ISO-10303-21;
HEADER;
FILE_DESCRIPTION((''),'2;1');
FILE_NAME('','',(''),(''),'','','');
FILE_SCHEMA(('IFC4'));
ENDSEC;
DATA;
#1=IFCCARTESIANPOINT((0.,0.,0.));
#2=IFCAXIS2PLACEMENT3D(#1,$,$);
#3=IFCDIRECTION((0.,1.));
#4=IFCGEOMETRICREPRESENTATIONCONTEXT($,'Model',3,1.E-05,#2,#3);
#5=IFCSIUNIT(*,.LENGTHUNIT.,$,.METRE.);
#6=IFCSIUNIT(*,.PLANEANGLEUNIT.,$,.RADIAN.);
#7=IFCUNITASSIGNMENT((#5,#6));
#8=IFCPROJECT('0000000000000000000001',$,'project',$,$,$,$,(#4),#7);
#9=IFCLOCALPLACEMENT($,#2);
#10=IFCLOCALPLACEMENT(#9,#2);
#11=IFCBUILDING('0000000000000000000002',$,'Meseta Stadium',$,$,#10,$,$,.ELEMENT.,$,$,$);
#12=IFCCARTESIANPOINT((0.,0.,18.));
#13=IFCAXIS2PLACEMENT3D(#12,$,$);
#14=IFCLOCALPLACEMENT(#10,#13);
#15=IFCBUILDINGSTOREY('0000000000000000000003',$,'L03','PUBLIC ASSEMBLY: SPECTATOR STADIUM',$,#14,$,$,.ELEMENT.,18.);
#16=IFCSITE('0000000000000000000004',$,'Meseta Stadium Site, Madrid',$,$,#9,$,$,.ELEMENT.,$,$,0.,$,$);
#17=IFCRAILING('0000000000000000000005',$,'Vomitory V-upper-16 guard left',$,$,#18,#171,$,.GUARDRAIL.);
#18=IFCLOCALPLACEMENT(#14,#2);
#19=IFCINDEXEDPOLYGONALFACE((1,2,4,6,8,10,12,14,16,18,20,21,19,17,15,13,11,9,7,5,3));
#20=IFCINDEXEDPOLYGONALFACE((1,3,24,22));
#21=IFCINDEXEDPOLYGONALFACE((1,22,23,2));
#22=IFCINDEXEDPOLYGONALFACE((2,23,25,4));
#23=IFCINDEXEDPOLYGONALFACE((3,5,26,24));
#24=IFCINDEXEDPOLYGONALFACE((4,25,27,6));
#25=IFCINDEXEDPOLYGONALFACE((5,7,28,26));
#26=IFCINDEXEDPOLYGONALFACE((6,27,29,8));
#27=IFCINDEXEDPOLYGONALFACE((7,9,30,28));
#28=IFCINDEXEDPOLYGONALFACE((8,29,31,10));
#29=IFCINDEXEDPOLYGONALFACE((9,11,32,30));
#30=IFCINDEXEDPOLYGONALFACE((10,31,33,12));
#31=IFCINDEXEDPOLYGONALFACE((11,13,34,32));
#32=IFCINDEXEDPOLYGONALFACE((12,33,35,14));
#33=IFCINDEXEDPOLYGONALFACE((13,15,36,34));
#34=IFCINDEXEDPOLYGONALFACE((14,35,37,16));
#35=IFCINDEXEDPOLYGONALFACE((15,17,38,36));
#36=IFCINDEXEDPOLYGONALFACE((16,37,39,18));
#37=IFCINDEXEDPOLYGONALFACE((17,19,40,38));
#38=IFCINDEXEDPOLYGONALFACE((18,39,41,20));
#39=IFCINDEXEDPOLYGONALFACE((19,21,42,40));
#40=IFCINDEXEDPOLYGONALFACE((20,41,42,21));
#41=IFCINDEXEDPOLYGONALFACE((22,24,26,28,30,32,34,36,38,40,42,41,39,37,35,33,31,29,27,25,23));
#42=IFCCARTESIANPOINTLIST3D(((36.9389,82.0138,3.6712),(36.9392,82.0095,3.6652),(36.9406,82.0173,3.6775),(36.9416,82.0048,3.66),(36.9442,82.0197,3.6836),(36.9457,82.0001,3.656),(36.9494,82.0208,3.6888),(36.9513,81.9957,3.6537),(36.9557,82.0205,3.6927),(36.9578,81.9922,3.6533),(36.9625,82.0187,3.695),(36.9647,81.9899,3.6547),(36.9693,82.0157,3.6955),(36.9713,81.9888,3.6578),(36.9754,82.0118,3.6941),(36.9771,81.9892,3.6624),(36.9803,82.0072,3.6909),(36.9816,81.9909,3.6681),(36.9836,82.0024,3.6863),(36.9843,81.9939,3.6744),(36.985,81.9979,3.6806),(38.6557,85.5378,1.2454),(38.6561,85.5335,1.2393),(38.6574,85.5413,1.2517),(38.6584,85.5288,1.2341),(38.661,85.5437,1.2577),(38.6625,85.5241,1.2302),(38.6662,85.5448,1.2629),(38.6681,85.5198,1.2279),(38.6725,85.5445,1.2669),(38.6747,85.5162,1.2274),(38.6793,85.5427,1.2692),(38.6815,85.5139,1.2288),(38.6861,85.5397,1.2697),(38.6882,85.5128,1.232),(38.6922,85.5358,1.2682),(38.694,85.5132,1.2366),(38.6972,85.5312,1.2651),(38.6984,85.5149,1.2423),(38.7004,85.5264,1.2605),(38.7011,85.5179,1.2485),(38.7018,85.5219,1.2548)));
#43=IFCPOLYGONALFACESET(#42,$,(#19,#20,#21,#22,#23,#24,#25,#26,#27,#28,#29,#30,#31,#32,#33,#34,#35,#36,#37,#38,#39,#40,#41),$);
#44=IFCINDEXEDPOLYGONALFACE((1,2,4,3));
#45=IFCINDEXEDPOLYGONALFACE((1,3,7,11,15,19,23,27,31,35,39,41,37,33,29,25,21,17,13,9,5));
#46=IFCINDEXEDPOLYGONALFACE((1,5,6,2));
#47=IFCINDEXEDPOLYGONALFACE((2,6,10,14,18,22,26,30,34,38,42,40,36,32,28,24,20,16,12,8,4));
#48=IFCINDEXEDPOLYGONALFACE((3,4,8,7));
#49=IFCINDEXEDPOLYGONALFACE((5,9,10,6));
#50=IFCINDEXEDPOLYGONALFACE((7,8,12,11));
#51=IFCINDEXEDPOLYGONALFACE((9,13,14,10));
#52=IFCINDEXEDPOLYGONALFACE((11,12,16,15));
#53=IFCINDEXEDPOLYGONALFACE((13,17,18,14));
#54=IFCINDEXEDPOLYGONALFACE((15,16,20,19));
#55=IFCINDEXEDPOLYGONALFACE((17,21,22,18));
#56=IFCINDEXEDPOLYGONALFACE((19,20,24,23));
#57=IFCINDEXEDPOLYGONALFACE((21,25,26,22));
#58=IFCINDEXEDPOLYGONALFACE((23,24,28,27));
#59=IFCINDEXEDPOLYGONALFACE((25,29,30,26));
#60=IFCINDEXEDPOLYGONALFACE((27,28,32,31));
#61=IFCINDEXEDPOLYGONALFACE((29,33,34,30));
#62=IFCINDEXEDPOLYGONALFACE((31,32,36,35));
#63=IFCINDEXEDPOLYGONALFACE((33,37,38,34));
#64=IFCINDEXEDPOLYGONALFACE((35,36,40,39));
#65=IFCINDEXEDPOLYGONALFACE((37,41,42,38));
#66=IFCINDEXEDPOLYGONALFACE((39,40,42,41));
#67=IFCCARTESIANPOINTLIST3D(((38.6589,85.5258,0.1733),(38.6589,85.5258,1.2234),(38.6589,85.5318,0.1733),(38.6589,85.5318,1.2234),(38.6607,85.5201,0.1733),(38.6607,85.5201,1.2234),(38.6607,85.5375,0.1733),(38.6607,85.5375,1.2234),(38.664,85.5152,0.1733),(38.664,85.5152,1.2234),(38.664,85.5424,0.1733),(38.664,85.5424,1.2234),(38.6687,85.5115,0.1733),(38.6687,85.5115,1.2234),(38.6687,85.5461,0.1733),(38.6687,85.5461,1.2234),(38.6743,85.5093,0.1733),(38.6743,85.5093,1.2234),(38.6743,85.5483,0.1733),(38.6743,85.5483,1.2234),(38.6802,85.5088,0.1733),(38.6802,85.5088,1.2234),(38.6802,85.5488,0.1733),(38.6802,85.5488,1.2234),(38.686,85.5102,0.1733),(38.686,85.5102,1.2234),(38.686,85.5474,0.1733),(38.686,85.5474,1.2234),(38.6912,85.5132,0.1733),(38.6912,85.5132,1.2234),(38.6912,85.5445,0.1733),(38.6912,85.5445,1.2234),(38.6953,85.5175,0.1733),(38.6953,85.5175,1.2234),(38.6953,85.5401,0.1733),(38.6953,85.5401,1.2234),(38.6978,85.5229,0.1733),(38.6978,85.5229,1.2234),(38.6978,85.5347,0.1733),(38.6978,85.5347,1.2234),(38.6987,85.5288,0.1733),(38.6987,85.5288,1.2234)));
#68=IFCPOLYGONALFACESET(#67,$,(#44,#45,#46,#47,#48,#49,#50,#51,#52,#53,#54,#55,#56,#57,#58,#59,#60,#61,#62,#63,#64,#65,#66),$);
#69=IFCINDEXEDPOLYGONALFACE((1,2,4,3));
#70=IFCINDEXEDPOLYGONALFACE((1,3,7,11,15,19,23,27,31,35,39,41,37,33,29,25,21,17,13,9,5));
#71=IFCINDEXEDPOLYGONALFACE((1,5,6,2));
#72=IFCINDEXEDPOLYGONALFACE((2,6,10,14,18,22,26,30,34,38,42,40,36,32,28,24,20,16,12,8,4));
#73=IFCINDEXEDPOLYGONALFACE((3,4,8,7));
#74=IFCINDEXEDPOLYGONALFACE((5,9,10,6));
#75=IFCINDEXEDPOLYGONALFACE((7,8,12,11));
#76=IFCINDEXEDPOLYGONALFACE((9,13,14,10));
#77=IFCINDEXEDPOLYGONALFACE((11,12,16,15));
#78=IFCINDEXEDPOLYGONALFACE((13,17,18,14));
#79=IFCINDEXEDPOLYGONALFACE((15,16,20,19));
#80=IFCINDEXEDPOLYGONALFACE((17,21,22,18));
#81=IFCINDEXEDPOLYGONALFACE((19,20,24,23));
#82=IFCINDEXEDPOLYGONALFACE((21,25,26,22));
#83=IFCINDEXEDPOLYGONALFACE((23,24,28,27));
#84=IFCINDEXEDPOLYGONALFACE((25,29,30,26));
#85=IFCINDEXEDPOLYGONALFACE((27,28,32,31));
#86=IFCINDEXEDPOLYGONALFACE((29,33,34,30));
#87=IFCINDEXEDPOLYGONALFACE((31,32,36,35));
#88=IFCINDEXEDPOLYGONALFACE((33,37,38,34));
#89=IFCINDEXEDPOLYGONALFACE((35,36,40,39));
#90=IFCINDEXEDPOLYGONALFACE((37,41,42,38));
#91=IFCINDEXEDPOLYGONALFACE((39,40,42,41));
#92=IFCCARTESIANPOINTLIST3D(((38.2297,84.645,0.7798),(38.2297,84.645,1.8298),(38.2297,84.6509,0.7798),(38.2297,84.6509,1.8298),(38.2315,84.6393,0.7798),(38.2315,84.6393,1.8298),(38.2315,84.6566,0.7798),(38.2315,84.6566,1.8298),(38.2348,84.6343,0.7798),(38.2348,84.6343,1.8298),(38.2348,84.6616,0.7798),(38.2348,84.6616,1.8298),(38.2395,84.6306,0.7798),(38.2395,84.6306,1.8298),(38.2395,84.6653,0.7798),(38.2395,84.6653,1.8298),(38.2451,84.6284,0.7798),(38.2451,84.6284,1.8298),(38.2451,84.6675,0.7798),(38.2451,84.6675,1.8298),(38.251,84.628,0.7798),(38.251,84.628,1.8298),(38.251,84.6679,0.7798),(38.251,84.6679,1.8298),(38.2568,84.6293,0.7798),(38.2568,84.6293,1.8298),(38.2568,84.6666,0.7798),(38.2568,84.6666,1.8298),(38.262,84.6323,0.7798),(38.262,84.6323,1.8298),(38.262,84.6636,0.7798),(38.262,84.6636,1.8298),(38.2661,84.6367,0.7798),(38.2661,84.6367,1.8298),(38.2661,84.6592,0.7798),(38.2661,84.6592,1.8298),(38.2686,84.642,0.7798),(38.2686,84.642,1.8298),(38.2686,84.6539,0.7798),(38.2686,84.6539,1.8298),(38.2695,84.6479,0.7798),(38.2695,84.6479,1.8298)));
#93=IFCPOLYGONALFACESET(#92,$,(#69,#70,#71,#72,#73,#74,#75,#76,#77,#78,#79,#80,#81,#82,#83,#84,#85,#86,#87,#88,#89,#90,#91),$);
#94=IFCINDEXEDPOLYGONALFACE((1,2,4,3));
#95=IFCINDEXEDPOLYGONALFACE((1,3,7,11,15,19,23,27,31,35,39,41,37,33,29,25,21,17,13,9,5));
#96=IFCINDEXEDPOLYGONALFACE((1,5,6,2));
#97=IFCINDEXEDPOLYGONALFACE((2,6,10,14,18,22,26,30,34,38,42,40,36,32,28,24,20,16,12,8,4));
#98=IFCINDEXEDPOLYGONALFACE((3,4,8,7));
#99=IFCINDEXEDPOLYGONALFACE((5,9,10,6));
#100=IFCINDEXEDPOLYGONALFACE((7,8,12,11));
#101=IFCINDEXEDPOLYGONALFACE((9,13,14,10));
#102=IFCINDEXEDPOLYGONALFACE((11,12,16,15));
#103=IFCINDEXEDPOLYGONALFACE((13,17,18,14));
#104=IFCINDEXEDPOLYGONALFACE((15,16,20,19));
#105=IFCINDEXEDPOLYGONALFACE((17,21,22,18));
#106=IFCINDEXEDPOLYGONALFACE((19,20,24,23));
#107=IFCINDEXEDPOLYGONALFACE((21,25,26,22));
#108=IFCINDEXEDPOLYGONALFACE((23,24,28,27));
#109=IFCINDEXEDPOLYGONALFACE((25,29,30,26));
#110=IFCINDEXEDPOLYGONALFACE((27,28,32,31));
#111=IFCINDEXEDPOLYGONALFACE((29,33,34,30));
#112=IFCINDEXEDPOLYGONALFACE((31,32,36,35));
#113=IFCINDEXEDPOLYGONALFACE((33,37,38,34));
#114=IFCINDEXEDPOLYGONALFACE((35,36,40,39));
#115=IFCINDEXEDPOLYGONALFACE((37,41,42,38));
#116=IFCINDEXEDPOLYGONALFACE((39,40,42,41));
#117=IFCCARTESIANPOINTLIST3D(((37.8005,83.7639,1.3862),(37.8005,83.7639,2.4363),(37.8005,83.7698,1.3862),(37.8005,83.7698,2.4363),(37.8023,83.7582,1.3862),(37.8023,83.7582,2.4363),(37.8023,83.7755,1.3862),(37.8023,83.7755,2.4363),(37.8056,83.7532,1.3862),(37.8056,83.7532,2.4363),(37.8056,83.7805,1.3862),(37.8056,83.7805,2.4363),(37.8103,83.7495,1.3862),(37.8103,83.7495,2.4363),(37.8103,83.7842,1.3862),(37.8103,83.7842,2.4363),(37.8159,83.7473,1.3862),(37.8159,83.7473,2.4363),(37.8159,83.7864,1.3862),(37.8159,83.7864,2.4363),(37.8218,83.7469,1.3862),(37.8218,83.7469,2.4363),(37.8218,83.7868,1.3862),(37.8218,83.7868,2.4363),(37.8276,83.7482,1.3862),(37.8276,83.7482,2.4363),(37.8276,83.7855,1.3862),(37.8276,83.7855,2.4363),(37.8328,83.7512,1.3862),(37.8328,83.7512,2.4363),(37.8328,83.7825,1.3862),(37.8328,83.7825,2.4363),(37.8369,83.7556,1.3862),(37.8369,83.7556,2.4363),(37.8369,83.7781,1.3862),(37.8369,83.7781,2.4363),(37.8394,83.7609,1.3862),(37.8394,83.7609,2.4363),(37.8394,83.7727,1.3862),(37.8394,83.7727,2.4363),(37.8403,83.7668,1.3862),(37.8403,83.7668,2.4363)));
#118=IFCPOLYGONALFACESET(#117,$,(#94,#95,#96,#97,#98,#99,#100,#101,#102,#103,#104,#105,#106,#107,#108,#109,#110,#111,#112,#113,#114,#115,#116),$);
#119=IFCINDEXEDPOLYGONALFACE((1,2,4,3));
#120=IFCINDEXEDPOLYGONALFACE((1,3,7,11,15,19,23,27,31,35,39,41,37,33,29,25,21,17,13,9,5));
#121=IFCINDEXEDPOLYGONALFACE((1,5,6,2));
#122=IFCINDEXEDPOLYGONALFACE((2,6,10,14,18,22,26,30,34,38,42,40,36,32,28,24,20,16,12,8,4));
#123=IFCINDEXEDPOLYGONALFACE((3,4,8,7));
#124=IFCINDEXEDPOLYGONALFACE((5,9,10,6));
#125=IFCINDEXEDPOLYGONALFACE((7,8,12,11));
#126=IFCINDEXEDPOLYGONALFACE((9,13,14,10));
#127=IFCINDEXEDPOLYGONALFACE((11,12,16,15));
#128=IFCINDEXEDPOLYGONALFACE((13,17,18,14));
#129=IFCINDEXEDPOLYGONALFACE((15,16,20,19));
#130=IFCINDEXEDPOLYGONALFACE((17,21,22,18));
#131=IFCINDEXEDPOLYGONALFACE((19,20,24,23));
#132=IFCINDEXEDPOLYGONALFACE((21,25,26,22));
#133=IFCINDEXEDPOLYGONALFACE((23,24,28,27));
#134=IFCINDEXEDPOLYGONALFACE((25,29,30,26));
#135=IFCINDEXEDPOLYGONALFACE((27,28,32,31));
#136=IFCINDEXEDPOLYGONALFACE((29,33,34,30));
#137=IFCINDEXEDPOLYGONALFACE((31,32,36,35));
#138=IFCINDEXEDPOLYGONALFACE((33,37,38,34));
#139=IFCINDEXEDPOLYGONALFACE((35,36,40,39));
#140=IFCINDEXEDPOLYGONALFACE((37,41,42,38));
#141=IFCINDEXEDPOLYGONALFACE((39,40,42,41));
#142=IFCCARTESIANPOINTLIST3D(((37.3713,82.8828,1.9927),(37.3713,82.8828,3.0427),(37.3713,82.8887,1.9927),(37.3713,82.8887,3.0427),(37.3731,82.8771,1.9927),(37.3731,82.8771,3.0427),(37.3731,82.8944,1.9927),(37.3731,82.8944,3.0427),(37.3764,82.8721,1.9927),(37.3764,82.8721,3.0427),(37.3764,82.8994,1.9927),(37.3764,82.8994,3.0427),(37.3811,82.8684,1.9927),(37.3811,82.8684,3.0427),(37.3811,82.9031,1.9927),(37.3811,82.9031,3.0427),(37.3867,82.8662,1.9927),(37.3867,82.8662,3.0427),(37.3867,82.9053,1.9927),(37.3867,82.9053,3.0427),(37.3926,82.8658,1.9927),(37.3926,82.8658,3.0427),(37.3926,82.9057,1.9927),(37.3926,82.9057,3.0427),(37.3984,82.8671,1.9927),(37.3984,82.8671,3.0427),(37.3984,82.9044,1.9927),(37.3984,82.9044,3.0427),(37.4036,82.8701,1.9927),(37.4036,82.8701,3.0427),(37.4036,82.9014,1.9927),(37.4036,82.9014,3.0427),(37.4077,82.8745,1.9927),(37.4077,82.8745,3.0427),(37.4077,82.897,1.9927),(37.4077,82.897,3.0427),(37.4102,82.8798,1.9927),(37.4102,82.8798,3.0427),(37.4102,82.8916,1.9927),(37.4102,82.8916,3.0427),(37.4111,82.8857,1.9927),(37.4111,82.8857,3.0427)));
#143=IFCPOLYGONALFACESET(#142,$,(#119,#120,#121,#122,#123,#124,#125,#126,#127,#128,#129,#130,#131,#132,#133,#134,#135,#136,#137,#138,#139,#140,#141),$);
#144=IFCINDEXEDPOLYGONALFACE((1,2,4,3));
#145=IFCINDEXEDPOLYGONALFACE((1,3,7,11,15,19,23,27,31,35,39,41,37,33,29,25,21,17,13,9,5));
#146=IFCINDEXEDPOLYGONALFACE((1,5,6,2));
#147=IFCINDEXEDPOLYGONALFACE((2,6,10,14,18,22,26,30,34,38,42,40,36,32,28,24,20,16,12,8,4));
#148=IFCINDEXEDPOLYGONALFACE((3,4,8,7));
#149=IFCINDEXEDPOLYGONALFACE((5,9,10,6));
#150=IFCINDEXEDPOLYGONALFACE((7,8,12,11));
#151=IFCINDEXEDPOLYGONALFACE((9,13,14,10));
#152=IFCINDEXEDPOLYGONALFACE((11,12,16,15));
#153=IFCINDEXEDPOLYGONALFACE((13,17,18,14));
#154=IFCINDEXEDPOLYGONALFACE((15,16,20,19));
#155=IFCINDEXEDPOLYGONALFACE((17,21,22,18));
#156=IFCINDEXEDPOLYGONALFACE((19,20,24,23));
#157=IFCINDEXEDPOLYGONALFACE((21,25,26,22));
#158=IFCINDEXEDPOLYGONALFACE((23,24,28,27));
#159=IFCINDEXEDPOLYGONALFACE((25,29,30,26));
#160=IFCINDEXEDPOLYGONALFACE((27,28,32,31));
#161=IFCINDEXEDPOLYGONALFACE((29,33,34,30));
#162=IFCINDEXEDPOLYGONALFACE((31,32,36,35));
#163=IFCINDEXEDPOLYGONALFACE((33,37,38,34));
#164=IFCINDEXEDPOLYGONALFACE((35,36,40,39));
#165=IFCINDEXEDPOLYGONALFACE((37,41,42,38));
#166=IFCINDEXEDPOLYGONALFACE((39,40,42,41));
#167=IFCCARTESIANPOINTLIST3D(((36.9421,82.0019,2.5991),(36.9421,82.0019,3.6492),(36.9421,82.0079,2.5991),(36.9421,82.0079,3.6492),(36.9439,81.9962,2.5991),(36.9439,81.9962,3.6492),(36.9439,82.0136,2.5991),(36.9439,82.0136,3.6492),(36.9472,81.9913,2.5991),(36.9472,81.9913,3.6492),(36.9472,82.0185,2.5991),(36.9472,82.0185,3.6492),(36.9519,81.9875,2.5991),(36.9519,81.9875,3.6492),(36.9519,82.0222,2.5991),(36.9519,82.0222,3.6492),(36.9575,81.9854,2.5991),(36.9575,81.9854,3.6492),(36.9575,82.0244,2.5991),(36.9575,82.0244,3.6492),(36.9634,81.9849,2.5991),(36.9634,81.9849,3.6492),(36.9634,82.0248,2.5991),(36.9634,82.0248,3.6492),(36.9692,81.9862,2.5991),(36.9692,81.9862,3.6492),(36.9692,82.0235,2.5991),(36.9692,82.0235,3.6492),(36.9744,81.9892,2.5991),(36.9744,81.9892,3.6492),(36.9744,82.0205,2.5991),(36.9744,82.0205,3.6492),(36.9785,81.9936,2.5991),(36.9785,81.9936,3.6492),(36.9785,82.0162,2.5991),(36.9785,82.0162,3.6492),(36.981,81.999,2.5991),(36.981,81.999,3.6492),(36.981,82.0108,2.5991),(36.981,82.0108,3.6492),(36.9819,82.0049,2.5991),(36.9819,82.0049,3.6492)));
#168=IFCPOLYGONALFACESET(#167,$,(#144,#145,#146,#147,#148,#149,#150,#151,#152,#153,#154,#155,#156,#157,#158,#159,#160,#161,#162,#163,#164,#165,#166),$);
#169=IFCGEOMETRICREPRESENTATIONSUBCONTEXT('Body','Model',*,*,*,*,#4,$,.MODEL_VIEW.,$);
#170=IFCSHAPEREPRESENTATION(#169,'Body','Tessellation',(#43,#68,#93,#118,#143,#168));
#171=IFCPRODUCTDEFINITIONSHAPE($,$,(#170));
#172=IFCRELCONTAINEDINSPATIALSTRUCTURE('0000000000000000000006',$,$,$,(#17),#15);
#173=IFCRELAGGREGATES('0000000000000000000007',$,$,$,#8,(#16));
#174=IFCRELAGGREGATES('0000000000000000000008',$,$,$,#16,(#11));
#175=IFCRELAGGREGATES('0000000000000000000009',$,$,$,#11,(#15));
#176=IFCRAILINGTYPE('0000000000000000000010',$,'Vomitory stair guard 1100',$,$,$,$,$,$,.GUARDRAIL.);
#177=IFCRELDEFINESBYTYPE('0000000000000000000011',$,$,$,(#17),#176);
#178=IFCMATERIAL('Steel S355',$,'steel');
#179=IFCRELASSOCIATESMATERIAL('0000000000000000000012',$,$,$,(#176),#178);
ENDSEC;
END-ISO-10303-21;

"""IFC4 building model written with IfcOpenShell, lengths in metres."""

from ifc_helpers import new_model, si_unit, direction, frame, origin, origin_2d, place, context, subcontext, project, spatial, circle, extrude, material, type_object, element, save


model = new_model("IFC4")

# Units and contexts
model_context = context("Model", 3, precision=1e-05, world=origin(), true_north=direction((0.0, 1.0)))
body_context = subcontext(model_context, "Body", "Model", "MODEL_VIEW")
ifc_project = project(units=[si_unit("LENGTHUNIT", "METRE"), si_unit("PLANEANGLEUNIT", "RADIAN")], contexts=[model_context])

# Site, building, storey
site_placement = place(None, origin())
site = spatial("IfcSite", under=ifc_project, at=site_placement, Name="Meseta Stadium Site, Madrid", CompositionType="ELEMENT", RefElevation=0.0)
building_placement = place(site_placement, origin())
building = spatial("IfcBuilding", under=site, at=building_placement, Name="Meseta Stadium", CompositionType="ELEMENT")
storey_placement = place(building_placement, frame((0.0, 0.0, 18.0)))
storey = spatial("IfcBuildingStorey", under=building, at=storey_placement, Name="L03", Description="PUBLIC ASSEMBLY: SPECTATOR STADIUM", CompositionType="ELEMENT", Elevation=18.0)

# Railing
ifc_material_1 = material(Name="Steel S355", Category="steel")
railing_type_1 = type_object("IfcRailingType", Name="Vomitory stair guard 1100", PredefinedType="GUARDRAIL", material=ifc_material_1)
railing_1_placement = place(storey_placement, frame((38.6787, 85.5288, 0.1733)))
element("IfcRailing", 1, at=railing_1_placement, inside=storey, type_object=railing_type_1, Name="Vomitory V-upper-16 guard left", PredefinedType="GUARDRAIL", context=body_context, shape_type="SweptSolid", body=[
    extrude(circle(Radius=0.0249, at=origin_2d()), frame((0.0, 0.0, 1.0752), z_axis=(-0.372427, -0.764449, 0.526228), x_axis=(0.898989, -0.437972, 0.0)), (0.0, 0.0, 1.0), 4.6099),
    extrude(circle(Radius=0.02, at=origin_2d()), origin(), (0.0, 0.0, 1.0), 1.05),
    extrude(circle(Radius=0.02, at=origin_2d()), frame((-0.4292, -0.8809, 0.6064)), (0.0, 0.0, 1.0), 1.05),
    extrude(circle(Radius=0.02, at=origin_2d()), frame((-0.8584, -1.762, 1.2129)), (0.0, 0.0, 1.0), 1.05),
    extrude(circle(Radius=0.02, at=origin_2d()), frame((-1.2876, -2.6431, 1.8193)), (0.0, 0.0, 1.0), 1.05),
    extrude(circle(Radius=0.02, at=origin_2d()), frame((-1.7168, -3.5239, 2.4258)), (0.0, 0.0, 1.0), 1.05),
])

save(model, "model.ifc")
